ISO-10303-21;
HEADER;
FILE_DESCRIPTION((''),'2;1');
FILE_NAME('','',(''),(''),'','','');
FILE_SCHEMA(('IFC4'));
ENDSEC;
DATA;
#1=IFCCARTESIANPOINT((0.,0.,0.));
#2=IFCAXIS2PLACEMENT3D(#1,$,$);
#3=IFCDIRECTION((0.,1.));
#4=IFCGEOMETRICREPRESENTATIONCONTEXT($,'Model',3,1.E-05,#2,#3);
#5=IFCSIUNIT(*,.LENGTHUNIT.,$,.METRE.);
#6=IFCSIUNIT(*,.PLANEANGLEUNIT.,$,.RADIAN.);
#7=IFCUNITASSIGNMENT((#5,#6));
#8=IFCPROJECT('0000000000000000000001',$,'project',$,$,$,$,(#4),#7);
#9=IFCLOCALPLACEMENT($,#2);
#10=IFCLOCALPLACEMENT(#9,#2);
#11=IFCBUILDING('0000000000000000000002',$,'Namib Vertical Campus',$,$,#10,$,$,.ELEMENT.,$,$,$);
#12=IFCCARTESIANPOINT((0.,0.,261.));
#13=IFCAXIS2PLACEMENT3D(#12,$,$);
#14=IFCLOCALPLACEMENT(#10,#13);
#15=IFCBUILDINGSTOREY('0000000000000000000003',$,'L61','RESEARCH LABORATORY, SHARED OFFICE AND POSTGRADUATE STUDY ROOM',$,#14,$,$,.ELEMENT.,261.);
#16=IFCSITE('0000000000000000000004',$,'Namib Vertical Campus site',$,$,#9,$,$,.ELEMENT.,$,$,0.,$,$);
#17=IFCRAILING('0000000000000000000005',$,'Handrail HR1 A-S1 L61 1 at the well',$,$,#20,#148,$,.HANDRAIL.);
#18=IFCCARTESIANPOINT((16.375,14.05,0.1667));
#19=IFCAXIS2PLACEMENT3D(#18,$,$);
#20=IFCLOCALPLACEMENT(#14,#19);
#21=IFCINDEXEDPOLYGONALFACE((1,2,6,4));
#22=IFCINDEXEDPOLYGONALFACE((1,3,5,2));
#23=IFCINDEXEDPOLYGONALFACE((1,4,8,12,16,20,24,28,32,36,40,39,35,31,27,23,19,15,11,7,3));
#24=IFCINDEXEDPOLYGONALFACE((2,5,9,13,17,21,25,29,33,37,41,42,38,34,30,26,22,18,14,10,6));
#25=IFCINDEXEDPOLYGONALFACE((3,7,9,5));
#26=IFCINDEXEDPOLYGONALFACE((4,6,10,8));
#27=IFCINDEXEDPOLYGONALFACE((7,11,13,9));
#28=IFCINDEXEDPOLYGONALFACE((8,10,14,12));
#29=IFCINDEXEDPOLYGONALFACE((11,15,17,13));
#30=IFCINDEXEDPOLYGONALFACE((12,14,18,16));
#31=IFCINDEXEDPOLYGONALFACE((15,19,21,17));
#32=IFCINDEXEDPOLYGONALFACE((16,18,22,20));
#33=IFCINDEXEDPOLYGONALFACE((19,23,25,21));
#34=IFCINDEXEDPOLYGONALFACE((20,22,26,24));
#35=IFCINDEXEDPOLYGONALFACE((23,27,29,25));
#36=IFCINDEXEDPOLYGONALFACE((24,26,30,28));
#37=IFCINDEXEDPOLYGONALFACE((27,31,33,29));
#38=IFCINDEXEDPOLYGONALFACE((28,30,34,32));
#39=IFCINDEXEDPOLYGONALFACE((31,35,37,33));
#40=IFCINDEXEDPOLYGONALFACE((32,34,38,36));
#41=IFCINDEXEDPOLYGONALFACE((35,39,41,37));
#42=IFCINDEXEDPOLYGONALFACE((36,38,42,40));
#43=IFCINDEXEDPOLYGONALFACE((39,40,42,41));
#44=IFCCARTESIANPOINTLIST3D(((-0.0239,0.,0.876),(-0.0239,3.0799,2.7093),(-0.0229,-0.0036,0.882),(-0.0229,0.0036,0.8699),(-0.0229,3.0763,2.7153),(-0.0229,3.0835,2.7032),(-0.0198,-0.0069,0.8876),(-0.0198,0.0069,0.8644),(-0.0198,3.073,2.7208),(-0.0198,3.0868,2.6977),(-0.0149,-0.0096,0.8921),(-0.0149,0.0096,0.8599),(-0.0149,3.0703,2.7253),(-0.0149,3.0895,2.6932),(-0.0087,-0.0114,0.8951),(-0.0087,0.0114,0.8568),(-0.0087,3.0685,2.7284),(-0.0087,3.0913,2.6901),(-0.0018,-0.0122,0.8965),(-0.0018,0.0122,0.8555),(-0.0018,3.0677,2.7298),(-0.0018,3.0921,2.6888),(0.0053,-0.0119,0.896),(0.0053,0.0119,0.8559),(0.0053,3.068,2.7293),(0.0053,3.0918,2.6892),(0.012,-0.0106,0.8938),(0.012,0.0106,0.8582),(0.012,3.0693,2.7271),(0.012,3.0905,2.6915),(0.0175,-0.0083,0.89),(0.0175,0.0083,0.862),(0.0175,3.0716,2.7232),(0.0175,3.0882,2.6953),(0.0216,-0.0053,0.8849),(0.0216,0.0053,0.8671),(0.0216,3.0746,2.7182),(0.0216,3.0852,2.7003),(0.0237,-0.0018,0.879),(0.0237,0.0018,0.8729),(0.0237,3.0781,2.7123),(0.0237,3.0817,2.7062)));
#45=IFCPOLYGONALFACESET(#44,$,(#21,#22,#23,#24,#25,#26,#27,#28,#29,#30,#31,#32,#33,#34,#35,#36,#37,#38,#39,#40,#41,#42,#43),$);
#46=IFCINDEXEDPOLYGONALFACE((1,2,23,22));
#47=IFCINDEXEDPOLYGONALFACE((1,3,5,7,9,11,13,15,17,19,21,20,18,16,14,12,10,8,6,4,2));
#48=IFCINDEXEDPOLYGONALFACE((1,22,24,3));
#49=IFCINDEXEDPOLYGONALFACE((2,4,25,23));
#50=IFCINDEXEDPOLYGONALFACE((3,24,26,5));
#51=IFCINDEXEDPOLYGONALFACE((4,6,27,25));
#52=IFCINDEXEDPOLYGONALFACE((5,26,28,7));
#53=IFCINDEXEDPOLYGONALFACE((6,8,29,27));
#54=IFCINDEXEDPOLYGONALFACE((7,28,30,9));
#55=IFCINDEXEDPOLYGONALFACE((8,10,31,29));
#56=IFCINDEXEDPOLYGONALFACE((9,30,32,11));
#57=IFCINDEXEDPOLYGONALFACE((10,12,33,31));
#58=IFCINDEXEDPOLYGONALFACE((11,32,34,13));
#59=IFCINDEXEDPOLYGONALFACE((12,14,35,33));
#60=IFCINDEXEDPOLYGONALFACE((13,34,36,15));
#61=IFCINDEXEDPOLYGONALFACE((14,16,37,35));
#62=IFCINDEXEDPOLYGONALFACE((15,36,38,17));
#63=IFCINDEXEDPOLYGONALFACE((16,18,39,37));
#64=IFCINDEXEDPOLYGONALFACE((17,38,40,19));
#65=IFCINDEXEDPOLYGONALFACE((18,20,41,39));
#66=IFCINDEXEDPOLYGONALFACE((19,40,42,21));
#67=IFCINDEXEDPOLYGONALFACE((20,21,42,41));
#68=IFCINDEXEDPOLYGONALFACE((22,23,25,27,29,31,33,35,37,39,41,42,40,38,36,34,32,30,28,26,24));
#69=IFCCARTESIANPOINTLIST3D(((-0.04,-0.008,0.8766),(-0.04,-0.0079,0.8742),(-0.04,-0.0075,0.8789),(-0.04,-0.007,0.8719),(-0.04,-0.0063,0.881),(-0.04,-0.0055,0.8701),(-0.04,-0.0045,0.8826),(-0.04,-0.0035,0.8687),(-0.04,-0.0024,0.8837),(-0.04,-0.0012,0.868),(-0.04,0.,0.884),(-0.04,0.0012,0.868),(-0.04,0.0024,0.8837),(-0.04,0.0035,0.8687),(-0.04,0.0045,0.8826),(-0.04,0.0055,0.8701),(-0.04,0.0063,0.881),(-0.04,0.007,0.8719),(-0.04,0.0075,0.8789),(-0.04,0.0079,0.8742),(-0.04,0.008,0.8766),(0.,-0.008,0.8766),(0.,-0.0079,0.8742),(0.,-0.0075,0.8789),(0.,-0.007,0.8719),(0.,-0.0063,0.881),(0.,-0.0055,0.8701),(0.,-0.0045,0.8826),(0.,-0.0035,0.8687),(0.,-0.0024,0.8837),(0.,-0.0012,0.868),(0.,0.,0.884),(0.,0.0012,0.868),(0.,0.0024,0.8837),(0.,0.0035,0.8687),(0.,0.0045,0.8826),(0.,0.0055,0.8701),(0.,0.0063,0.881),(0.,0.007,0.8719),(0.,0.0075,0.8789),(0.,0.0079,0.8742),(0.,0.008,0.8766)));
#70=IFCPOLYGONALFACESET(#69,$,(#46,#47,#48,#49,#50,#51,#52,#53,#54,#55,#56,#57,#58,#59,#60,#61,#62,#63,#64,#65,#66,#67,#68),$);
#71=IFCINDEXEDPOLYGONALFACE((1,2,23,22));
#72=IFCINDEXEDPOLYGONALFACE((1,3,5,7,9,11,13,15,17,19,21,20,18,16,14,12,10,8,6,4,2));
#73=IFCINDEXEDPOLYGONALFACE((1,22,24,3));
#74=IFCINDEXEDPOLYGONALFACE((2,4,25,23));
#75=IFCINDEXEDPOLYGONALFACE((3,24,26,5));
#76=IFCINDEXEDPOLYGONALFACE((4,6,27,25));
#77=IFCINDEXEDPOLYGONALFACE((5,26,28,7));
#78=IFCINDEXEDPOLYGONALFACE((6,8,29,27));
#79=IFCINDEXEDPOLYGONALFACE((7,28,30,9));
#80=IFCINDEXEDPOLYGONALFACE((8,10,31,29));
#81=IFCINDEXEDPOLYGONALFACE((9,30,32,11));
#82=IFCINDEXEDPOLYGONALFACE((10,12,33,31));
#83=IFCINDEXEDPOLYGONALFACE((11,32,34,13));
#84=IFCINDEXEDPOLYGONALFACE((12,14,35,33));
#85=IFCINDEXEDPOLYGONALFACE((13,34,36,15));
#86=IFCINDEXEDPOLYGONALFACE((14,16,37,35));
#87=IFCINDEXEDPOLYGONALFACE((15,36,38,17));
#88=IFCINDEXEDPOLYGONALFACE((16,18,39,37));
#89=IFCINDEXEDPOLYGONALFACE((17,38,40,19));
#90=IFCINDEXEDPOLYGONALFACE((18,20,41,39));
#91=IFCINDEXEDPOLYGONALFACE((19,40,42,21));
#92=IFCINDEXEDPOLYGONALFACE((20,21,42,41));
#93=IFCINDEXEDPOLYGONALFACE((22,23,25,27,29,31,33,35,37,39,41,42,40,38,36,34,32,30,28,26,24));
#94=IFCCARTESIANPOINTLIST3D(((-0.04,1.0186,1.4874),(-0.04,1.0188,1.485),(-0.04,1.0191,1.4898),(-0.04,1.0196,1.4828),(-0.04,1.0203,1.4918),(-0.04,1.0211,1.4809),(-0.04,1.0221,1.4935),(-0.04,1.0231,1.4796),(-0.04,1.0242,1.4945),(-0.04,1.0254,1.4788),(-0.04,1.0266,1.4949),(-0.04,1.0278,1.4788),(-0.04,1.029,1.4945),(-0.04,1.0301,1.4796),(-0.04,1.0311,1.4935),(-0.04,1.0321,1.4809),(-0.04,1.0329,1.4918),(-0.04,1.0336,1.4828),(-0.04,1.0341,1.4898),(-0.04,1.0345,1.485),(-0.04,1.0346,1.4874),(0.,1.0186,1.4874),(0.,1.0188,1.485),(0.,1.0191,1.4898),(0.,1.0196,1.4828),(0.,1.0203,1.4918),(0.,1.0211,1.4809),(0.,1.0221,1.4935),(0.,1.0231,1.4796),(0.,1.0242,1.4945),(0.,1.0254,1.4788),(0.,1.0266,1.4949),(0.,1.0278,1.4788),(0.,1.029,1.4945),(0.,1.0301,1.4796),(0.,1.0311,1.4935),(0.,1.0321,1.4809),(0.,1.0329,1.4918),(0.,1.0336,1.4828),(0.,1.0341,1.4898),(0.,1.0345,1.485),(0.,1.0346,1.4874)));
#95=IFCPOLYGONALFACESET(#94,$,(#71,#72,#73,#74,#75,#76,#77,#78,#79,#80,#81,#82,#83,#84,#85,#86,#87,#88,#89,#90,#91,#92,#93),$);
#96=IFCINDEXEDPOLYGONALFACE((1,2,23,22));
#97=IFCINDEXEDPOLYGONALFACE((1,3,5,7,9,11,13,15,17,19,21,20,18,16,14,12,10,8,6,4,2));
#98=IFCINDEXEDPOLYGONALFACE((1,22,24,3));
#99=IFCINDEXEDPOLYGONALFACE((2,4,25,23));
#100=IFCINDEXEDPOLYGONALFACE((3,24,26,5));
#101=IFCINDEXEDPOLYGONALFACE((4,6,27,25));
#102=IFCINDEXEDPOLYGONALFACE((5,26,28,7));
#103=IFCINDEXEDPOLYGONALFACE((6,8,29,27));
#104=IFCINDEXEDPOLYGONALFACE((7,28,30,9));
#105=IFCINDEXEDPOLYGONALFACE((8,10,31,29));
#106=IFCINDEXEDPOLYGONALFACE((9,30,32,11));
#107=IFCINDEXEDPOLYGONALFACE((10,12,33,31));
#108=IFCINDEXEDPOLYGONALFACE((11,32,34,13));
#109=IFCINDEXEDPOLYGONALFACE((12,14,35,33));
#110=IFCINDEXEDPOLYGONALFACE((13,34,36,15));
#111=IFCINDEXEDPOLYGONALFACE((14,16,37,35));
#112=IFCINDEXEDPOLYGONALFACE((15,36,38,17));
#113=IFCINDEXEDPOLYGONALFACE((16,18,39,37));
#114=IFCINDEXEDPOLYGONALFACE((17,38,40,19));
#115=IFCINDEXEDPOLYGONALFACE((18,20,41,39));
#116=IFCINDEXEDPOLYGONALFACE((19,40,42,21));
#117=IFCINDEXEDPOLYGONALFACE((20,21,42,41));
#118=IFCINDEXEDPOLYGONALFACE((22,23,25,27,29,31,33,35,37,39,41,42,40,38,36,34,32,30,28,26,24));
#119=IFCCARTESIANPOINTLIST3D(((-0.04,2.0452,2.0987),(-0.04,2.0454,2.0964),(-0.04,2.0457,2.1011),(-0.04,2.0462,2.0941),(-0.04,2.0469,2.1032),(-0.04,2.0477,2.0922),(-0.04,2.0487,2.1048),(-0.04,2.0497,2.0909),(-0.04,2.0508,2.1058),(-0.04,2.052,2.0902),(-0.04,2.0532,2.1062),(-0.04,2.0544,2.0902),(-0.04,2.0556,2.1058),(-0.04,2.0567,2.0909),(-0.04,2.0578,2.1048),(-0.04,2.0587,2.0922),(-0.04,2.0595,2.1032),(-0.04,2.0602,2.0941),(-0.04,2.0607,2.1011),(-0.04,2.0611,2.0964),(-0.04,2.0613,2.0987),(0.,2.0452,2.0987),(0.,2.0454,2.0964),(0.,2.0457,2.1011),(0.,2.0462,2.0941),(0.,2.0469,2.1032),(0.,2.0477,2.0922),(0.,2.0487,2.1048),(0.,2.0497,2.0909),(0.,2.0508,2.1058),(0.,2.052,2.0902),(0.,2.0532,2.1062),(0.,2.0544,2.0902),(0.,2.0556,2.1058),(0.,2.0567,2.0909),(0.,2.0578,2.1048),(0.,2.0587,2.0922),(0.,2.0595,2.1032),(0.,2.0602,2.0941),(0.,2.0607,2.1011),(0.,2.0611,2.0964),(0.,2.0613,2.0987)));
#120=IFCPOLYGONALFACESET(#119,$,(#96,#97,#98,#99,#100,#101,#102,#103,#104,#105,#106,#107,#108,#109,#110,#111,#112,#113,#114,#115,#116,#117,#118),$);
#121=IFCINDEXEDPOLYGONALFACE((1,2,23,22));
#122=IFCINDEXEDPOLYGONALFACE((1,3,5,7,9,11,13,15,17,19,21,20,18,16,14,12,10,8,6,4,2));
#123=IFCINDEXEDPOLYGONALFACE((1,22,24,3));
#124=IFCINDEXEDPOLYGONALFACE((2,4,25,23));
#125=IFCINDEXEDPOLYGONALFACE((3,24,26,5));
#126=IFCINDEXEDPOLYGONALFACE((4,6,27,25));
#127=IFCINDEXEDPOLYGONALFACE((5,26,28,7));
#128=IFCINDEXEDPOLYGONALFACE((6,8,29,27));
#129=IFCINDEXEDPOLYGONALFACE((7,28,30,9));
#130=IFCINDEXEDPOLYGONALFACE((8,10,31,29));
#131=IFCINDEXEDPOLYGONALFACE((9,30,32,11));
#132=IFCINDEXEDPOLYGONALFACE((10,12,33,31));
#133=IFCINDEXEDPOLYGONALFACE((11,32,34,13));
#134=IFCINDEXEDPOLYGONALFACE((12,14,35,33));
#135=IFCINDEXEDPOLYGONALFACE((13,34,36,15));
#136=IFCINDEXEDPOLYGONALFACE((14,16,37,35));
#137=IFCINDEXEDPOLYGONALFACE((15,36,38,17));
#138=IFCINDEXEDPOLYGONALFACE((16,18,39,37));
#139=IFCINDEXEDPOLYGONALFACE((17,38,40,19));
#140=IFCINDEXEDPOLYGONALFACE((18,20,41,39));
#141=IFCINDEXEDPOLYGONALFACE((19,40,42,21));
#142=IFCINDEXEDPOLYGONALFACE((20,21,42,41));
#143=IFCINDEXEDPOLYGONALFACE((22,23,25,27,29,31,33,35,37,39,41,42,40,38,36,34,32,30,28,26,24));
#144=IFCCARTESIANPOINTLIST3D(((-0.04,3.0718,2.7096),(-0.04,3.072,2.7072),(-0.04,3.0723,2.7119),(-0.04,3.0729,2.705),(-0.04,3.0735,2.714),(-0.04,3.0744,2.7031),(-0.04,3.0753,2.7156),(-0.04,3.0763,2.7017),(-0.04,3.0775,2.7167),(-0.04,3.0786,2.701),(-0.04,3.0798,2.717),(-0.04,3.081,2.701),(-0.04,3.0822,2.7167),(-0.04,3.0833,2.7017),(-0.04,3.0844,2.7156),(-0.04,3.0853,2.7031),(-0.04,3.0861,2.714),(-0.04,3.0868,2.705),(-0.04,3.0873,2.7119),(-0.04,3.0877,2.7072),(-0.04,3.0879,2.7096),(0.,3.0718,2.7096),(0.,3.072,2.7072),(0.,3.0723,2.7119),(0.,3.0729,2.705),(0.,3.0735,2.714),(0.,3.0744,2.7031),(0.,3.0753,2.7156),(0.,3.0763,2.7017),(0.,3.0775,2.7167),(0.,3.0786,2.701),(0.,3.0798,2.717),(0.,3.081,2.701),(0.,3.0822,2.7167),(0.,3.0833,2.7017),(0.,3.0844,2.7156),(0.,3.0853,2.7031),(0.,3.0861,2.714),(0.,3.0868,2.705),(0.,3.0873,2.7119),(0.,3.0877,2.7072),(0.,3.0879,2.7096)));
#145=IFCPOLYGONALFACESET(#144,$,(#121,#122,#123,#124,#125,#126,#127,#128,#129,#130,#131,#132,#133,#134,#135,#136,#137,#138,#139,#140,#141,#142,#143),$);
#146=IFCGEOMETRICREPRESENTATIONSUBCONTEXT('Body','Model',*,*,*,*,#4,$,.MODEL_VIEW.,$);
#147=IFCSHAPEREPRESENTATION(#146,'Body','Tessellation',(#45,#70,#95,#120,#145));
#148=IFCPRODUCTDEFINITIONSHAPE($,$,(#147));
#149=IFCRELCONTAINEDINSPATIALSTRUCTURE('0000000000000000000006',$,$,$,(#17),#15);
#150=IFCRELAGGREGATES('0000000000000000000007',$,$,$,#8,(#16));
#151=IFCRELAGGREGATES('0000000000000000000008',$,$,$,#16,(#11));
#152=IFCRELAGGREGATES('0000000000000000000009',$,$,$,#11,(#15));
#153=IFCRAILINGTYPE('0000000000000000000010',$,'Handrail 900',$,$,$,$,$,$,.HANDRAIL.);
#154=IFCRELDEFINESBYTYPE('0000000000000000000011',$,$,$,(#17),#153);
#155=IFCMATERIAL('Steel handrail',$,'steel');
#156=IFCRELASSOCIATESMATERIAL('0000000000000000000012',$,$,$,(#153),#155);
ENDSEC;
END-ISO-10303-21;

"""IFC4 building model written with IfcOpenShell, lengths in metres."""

from ifc_helpers import new_model, si_unit, direction, frame, origin, origin_2d, place, context, subcontext, project, spatial, circle, extrude, material, type_object, element, save


model = new_model("IFC4")

# Units and contexts
model_context = context("Model", 3, precision=1e-05, world=origin(), true_north=direction((0.0, 1.0)))
body_context = subcontext(model_context, "Body", "Model", "MODEL_VIEW")
ifc_project = project(units=[si_unit("LENGTHUNIT", "METRE"), si_unit("PLANEANGLEUNIT", "RADIAN")], contexts=[model_context])

# Site, building, storey
site_placement = place(None, origin())
site = spatial("IfcSite", under=ifc_project, at=site_placement, Name="Namib Vertical Campus site", CompositionType="ELEMENT", RefElevation=0.0)
building_placement = place(site_placement, origin())
building = spatial("IfcBuilding", under=site, at=building_placement, Name="Namib Vertical Campus", CompositionType="ELEMENT")
storey_placement = place(building_placement, frame((0.0, 0.0, 261.0)))
storey = spatial("IfcBuildingStorey", under=building, at=storey_placement, Name="L61", Description="RESEARCH LABORATORY, SHARED OFFICE AND POSTGRADUATE STUDY ROOM", CompositionType="ELEMENT", Elevation=261.0)

# Railing
ifc_material_1 = material(Name="Steel handrail", Category="steel")
railing_type_1 = type_object("IfcRailingType", Name="Handrail 900", PredefinedType="HANDRAIL", material=ifc_material_1)
railing_1_placement = place(storey_placement, frame((16.375, 14.05, 0.1667)))
element("IfcRailing", 1, at=railing_1_placement, inside=storey, type_object=railing_type_1, Name="Handrail HR1 A-S1 L61 1 at the well", PredefinedType="HANDRAIL", context=body_context, shape_type="SweptSolid", body=[
    extrude(circle(Radius=0.0239, at=origin_2d()), frame((0.0, 0.0, 0.876), z_axis=(0.0, 0.859291, 0.511487), x_axis=(-1.0, 0.0, 0.0)), (0.0, 0.0, 1.0), 3.5842),
    extrude(circle(Radius=0.0081, at=origin_2d()), frame((0.0, 0.0, 0.876), z_axis=(-1.0, 0.0, 0.0), x_axis=(0.0, 0.0, 1.0)), (0.0, 0.0, 1.0), 0.04),
    extrude(circle(Radius=0.0081, at=origin_2d()), frame((0.0, 1.0266, 1.4868), z_axis=(-1.0, 0.0, 0.0), x_axis=(0.0, 0.0, 1.0)), (0.0, 0.0, 1.0), 0.04),
    extrude(circle(Radius=0.0081, at=origin_2d()), frame((0.0, 2.0532, 2.0981), z_axis=(-1.0, 0.0, 0.0), x_axis=(0.0, 0.0, 1.0)), (0.0, 0.0, 1.0), 0.04),
    extrude(circle(Radius=0.0081, at=origin_2d()), frame((0.0, 3.0798, 2.709), z_axis=(-1.0, 0.0, 0.0), x_axis=(0.0, 0.0, 1.0)), (0.0, 0.0, 1.0), 0.04),
])

save(model, "model.ifc")
